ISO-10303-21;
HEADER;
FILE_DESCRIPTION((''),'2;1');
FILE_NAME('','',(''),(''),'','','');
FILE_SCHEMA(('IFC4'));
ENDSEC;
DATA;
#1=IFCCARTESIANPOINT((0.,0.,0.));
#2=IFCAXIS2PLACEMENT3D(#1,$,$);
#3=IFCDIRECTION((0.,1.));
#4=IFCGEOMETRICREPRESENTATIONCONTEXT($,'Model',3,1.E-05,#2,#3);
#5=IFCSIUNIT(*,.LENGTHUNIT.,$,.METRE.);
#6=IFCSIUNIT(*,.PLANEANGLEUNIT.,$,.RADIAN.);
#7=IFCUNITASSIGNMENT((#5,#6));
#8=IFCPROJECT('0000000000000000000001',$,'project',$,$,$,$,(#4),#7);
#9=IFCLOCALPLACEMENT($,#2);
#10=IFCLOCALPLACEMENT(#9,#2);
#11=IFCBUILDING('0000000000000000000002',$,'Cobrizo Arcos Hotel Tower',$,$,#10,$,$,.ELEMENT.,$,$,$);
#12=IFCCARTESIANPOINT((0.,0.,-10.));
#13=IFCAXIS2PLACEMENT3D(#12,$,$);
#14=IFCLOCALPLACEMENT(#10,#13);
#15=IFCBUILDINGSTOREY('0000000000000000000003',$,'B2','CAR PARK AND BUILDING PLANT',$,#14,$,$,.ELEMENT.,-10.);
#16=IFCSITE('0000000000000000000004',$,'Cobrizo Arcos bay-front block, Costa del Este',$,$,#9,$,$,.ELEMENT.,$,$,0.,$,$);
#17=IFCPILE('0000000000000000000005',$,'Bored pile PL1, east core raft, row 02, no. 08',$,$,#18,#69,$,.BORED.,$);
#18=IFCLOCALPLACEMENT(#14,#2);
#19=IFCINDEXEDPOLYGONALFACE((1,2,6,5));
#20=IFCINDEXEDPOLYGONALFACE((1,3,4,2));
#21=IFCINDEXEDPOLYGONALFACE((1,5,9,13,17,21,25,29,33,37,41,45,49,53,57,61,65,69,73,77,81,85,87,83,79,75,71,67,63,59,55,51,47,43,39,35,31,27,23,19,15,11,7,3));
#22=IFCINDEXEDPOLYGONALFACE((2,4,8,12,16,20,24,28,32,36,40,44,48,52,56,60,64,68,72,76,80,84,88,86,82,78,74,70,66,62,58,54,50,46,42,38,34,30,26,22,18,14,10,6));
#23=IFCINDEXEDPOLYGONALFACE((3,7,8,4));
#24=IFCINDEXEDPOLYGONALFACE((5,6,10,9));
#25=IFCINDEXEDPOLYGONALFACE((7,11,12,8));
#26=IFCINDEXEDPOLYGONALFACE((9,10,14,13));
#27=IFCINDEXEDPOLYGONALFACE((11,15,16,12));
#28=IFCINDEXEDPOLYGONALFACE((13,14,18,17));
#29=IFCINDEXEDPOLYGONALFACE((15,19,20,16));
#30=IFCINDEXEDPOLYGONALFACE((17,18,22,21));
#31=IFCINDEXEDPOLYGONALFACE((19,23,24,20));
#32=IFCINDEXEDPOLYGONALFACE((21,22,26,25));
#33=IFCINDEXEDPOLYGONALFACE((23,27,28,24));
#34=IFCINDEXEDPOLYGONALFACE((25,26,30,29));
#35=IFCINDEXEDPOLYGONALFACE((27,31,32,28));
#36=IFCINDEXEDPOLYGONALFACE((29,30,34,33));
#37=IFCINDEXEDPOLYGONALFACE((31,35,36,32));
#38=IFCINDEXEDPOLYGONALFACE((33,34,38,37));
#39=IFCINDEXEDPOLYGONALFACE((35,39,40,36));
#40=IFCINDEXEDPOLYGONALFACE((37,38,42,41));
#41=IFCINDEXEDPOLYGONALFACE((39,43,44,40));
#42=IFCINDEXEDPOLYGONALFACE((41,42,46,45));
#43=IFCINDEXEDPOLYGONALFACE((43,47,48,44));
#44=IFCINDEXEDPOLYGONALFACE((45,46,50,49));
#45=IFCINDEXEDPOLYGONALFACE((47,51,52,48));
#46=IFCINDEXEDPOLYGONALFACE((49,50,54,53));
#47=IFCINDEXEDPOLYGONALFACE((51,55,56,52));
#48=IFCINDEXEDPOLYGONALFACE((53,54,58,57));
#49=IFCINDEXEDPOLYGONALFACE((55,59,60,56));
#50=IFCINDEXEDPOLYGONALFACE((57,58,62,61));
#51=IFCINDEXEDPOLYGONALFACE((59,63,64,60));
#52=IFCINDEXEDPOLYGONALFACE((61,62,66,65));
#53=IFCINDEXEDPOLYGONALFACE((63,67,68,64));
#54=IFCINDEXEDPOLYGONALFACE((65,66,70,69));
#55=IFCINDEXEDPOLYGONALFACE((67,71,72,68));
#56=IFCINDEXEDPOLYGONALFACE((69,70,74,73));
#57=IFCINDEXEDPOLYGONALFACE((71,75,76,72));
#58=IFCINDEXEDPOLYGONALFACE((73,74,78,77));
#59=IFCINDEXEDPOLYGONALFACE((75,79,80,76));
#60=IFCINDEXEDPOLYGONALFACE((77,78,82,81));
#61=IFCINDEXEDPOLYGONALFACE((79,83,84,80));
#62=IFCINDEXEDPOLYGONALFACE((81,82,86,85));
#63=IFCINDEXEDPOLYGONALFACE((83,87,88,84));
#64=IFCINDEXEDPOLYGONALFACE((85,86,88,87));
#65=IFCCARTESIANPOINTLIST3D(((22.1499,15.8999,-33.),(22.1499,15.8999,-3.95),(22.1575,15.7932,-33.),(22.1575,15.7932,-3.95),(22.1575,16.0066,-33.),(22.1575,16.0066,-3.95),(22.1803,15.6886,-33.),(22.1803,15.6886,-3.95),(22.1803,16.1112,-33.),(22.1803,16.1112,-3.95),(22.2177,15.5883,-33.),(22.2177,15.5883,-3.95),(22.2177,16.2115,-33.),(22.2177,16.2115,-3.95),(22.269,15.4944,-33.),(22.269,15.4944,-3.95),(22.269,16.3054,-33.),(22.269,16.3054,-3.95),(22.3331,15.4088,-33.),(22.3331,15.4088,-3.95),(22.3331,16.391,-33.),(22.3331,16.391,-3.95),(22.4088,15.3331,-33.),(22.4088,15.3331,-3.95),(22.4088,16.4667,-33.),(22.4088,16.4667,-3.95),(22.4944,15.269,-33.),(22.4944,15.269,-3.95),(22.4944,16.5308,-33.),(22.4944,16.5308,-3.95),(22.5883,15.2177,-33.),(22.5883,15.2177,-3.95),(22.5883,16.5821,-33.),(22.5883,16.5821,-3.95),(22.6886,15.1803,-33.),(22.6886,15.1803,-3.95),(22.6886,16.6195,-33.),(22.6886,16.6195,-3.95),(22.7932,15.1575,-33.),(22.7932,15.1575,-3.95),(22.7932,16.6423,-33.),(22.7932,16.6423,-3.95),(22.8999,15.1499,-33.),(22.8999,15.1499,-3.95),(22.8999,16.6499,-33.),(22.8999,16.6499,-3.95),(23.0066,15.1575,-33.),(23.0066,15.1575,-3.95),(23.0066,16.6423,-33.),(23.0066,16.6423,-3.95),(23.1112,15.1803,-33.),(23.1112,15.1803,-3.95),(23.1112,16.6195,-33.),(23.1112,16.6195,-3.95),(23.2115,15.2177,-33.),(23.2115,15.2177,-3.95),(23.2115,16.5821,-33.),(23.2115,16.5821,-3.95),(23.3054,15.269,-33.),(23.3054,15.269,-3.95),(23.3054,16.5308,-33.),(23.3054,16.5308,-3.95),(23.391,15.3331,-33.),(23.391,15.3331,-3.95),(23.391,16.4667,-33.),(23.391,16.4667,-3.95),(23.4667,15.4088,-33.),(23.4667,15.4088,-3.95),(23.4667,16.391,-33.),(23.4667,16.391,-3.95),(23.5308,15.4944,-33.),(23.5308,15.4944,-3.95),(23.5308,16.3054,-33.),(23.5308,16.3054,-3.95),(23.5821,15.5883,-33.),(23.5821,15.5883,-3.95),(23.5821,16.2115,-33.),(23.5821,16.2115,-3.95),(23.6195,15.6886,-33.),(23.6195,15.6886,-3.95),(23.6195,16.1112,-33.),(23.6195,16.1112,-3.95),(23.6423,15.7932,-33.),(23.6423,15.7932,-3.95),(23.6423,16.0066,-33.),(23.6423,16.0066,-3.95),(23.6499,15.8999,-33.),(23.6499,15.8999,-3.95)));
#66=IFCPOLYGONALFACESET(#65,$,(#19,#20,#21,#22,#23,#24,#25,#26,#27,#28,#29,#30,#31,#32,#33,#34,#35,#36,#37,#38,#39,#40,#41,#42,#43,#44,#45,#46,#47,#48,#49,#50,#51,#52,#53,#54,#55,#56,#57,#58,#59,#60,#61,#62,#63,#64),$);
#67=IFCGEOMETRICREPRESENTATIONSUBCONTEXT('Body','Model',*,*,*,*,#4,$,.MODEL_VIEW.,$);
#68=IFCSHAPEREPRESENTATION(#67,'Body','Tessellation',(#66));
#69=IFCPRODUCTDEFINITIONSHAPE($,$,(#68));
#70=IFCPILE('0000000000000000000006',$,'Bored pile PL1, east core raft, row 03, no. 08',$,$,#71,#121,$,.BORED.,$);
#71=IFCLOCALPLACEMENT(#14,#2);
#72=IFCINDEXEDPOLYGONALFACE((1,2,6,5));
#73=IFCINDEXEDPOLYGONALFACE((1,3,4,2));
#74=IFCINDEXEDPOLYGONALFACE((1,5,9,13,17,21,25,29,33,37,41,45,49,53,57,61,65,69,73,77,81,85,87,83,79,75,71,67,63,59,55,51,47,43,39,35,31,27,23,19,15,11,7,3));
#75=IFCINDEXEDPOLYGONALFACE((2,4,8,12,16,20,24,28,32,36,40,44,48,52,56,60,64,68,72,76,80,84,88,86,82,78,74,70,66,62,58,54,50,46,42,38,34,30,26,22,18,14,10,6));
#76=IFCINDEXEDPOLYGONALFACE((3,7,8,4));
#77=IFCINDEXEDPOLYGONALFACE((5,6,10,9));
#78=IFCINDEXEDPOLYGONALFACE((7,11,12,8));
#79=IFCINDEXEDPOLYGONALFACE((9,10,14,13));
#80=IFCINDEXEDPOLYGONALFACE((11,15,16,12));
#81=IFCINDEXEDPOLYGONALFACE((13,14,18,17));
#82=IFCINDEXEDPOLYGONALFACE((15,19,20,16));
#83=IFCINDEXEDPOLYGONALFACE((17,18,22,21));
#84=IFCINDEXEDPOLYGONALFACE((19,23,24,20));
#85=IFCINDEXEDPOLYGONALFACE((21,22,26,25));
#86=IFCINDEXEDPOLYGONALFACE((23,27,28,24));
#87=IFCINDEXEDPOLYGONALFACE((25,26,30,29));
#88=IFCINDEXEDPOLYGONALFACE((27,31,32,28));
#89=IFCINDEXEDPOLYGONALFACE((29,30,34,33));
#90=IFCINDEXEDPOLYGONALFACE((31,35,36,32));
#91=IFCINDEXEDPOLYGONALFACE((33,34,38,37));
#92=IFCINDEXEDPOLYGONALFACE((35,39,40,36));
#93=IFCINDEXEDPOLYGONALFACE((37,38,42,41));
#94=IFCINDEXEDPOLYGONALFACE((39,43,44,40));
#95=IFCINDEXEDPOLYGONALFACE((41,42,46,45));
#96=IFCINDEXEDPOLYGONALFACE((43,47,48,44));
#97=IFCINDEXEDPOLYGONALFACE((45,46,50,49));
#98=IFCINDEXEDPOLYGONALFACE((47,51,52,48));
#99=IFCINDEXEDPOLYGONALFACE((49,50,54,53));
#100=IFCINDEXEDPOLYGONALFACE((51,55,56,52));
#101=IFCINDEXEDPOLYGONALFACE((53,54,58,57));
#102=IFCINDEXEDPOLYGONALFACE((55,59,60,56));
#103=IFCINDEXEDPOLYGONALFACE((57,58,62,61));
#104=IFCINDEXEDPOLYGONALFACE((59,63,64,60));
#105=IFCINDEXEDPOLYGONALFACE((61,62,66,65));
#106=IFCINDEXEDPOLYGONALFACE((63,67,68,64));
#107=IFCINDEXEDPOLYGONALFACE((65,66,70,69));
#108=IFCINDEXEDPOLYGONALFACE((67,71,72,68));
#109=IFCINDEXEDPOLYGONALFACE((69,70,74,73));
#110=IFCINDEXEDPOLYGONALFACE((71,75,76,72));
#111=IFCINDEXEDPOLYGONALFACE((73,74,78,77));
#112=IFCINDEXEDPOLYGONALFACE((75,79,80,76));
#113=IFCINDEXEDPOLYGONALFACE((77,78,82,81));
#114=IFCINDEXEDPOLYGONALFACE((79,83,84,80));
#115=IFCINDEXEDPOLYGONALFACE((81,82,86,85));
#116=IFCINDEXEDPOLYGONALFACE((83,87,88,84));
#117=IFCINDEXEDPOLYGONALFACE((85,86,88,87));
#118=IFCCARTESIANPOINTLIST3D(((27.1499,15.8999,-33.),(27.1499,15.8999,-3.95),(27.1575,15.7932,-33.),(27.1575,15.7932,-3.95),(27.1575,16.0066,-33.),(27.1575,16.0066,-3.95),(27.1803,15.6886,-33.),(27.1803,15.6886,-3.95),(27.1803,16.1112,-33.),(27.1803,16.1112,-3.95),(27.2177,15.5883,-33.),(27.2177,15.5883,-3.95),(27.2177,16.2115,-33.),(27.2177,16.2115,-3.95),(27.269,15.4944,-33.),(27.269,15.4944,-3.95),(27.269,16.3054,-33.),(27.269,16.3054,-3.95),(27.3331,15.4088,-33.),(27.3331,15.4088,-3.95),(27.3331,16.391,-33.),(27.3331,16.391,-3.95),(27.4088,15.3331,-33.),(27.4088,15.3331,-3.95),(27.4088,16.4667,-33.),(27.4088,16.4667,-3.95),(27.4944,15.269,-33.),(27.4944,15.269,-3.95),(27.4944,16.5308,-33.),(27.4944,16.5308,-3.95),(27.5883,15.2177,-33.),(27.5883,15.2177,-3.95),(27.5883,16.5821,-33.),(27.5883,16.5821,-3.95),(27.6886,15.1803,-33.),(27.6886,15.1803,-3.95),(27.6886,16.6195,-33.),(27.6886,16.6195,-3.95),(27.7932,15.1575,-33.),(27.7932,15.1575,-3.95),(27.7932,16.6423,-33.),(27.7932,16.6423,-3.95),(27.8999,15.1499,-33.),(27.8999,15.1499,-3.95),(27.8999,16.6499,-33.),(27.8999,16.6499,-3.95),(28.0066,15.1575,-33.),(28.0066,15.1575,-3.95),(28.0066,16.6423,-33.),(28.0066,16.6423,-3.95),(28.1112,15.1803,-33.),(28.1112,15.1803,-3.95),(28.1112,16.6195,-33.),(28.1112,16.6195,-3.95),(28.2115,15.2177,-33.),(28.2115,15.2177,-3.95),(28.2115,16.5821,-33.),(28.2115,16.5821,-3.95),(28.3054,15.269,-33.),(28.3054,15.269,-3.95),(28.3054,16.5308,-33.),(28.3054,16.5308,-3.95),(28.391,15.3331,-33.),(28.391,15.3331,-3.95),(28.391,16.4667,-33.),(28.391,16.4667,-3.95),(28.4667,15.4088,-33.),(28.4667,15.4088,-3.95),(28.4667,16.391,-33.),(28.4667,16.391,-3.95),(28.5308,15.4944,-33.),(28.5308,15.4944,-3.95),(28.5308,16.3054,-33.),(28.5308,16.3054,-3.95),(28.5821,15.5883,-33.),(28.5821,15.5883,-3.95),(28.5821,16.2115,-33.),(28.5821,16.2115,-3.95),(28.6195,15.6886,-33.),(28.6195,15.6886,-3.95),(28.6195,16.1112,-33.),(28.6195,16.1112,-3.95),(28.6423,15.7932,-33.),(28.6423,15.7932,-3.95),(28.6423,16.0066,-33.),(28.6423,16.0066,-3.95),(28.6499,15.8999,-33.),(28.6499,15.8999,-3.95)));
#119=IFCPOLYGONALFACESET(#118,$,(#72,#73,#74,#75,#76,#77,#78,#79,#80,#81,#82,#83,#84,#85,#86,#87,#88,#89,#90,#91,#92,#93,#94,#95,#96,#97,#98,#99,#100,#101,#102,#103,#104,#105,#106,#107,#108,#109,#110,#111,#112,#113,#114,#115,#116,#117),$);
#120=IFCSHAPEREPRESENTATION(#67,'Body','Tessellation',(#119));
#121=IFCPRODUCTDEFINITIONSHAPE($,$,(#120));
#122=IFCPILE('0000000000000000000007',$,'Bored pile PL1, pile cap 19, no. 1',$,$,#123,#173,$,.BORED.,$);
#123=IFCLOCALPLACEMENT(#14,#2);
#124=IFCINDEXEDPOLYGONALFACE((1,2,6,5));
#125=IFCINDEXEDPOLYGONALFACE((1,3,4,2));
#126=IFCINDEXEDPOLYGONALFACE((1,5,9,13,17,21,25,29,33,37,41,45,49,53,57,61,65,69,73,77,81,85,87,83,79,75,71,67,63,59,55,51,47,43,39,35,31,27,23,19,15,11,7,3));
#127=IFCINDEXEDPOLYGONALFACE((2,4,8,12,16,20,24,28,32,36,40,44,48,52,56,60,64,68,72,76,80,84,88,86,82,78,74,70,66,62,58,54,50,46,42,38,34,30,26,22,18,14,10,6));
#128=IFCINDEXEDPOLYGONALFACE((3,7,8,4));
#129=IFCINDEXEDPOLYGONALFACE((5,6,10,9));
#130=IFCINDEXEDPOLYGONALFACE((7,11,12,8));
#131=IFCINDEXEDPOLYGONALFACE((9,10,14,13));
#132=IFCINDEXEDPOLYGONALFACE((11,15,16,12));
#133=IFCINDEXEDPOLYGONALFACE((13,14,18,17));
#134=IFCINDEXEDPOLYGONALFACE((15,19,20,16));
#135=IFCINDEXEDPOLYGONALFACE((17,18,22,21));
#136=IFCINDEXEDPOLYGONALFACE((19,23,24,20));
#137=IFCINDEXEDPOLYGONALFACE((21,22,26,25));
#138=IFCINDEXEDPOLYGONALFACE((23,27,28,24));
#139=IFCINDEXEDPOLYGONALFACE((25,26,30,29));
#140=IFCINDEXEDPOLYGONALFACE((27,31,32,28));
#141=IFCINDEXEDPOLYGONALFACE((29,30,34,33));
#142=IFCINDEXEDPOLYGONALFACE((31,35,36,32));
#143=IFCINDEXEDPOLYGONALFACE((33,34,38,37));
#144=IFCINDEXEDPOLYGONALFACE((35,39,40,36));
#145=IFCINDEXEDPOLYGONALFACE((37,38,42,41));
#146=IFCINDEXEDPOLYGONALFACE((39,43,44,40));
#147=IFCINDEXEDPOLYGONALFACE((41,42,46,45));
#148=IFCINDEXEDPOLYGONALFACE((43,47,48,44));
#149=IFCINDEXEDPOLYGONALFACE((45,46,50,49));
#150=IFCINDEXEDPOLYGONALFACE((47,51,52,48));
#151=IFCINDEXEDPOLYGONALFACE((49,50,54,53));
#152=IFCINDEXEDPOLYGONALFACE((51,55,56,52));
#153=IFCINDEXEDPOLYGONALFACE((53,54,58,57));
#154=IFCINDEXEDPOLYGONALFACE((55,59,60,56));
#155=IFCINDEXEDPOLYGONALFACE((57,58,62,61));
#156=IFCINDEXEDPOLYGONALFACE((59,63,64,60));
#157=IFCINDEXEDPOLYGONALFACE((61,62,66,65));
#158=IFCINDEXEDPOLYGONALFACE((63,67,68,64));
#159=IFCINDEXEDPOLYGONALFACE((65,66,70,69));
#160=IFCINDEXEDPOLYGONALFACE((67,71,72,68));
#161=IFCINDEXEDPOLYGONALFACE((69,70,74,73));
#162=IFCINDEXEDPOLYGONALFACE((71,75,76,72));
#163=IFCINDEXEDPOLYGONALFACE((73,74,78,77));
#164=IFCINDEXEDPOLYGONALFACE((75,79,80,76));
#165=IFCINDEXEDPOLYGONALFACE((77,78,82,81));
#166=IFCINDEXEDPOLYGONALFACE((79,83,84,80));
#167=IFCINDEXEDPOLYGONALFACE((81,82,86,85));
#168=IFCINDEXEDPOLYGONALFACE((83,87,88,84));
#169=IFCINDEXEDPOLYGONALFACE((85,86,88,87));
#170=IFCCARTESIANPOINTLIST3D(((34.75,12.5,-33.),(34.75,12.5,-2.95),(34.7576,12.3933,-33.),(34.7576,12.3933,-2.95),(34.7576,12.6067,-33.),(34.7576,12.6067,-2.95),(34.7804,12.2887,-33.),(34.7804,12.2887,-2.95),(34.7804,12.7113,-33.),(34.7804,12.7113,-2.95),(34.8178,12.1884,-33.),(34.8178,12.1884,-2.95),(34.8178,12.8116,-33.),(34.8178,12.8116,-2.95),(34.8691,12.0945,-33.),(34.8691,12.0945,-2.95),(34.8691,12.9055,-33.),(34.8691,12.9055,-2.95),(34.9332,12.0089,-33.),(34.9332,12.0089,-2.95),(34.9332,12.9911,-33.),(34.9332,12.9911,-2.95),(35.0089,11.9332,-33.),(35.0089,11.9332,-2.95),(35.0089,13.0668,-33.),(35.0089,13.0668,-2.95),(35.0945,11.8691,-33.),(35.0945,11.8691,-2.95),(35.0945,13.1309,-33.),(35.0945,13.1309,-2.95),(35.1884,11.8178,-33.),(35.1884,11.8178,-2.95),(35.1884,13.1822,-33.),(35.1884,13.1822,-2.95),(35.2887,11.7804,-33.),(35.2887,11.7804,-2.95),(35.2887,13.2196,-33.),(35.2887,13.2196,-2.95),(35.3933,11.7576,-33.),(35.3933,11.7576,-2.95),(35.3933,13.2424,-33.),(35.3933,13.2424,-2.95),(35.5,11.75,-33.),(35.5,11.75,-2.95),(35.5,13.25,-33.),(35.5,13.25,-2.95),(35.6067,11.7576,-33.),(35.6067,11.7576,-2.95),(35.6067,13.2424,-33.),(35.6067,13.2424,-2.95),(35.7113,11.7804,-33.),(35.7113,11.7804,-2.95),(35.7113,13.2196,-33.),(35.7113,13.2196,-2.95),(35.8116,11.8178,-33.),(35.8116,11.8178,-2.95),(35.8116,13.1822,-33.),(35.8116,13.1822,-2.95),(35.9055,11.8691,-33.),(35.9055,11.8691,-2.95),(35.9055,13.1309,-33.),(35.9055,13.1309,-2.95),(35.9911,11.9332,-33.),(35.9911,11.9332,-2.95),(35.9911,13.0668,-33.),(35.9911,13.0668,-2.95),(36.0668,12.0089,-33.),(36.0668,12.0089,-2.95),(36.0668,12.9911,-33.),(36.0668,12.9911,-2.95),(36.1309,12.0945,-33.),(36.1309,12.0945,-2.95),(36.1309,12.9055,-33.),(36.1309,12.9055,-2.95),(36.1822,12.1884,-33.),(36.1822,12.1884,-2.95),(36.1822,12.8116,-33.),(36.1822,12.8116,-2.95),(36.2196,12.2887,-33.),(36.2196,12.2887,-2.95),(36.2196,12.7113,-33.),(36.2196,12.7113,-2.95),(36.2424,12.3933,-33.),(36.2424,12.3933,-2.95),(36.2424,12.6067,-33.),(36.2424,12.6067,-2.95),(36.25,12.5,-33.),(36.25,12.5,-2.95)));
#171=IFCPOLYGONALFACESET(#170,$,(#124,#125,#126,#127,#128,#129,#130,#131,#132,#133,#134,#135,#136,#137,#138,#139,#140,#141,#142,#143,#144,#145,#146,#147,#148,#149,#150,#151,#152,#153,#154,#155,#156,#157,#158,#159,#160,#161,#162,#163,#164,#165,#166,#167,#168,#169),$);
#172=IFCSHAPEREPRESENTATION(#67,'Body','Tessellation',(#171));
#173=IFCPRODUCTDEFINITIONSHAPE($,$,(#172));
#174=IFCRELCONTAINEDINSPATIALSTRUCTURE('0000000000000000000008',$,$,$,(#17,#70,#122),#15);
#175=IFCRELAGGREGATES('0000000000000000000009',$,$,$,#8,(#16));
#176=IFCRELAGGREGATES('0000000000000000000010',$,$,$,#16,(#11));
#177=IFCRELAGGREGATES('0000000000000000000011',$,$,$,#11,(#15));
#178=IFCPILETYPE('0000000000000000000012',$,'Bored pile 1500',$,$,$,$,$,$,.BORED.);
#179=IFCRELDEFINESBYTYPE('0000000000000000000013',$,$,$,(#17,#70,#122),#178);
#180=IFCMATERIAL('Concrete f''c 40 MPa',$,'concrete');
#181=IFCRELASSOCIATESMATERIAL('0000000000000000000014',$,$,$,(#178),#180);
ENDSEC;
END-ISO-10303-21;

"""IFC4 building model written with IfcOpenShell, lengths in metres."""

from ifc_helpers import new_model, si_unit, direction, frame, origin, origin_2d, place, context, subcontext, project, spatial, circle, extrude, material, material_profile, profile_set, type_object, element, save


model = new_model("IFC4")

# Units and contexts
model_context = context("Model", 3, precision=1e-05, world=origin(), true_north=direction((0.0, 1.0)))
body_context = subcontext(model_context, "Body", "Model", "MODEL_VIEW")
ifc_project = project(units=[si_unit("LENGTHUNIT", "METRE"), si_unit("PLANEANGLEUNIT", "RADIAN")], contexts=[model_context])

# Site, building, storey
site_placement = place(None, origin())
site = spatial("IfcSite", under=ifc_project, at=site_placement, Name="Cobrizo Arcos bay-front block, Costa del Este", CompositionType="ELEMENT", RefElevation=0.0)
building_placement = place(site_placement, origin())
building = spatial("IfcBuilding", under=site, at=building_placement, Name="Cobrizo Arcos Hotel Tower", CompositionType="ELEMENT")
storey_placement = place(building_placement, frame((0.0, 0.0, -10.0)))
storey = spatial("IfcBuildingStorey", under=building, at=storey_placement, Name="B2", Description="CAR PARK AND BUILDING PLANT", CompositionType="ELEMENT", Elevation=-10.0)

# Piles
ifc_material_1 = material(Name="Concrete f'c 40 MPa", Category="concrete")
ifc_material_profile_1 = material_profile(ifc_material_1, circle(Radius=0.75, at=origin_2d()), Name="BORED PILE 1500")
ifc_profile_set_1 = profile_set([ifc_material_profile_1], Name="Concrete f'c 40 MPa")
pile_type = type_object("IfcPileType", Name="Bored pile 1500", PredefinedType="BORED", material=ifc_profile_set_1)
for number, where, z_axis, x_axis, name in (
    (1, (22.8999, 15.8999, -3.95), (0.0, 0.0, -1.0), (1.0, 0.0, 0.0), "Bored pile PL1, east core raft, row 02, no. 08"),
    (2, (27.8999, 15.8999, -3.95), (0.0, 0.0, -1.0), (1.0, 0.0, 0.0), "Bored pile PL1, east core raft, row 03, no. 08"),
):
    element("IfcPile", number, at=place(storey_placement, frame(where, z_axis=z_axis, x_axis=x_axis)), inside=storey, type_object=pile_type, Name=name, PredefinedType="BORED", context=body_context, shape_type="SweptSolid", body=[
        extrude(circle(Radius=0.75, at=origin_2d()), origin(), (0.0, 0.0, 1.0), 29.05),
    ])
for number, where, z_axis, x_axis, name in (
    (3, (35.5, 12.5, -2.95), (0.0, 0.0, -1.0), (1.0, 0.0, 0.0), "Bored pile PL1, pile cap 19, no. 1"),
):
    element("IfcPile", number, at=place(storey_placement, frame(where, z_axis=z_axis, x_axis=x_axis)), inside=storey, type_object=pile_type, Name=name, PredefinedType="BORED", context=body_context, shape_type="SweptSolid", body=[
        extrude(circle(Radius=0.75, at=origin_2d()), origin(), (0.0, 0.0, 1.0), 30.05),
    ])

save(model, "model.ifc")
